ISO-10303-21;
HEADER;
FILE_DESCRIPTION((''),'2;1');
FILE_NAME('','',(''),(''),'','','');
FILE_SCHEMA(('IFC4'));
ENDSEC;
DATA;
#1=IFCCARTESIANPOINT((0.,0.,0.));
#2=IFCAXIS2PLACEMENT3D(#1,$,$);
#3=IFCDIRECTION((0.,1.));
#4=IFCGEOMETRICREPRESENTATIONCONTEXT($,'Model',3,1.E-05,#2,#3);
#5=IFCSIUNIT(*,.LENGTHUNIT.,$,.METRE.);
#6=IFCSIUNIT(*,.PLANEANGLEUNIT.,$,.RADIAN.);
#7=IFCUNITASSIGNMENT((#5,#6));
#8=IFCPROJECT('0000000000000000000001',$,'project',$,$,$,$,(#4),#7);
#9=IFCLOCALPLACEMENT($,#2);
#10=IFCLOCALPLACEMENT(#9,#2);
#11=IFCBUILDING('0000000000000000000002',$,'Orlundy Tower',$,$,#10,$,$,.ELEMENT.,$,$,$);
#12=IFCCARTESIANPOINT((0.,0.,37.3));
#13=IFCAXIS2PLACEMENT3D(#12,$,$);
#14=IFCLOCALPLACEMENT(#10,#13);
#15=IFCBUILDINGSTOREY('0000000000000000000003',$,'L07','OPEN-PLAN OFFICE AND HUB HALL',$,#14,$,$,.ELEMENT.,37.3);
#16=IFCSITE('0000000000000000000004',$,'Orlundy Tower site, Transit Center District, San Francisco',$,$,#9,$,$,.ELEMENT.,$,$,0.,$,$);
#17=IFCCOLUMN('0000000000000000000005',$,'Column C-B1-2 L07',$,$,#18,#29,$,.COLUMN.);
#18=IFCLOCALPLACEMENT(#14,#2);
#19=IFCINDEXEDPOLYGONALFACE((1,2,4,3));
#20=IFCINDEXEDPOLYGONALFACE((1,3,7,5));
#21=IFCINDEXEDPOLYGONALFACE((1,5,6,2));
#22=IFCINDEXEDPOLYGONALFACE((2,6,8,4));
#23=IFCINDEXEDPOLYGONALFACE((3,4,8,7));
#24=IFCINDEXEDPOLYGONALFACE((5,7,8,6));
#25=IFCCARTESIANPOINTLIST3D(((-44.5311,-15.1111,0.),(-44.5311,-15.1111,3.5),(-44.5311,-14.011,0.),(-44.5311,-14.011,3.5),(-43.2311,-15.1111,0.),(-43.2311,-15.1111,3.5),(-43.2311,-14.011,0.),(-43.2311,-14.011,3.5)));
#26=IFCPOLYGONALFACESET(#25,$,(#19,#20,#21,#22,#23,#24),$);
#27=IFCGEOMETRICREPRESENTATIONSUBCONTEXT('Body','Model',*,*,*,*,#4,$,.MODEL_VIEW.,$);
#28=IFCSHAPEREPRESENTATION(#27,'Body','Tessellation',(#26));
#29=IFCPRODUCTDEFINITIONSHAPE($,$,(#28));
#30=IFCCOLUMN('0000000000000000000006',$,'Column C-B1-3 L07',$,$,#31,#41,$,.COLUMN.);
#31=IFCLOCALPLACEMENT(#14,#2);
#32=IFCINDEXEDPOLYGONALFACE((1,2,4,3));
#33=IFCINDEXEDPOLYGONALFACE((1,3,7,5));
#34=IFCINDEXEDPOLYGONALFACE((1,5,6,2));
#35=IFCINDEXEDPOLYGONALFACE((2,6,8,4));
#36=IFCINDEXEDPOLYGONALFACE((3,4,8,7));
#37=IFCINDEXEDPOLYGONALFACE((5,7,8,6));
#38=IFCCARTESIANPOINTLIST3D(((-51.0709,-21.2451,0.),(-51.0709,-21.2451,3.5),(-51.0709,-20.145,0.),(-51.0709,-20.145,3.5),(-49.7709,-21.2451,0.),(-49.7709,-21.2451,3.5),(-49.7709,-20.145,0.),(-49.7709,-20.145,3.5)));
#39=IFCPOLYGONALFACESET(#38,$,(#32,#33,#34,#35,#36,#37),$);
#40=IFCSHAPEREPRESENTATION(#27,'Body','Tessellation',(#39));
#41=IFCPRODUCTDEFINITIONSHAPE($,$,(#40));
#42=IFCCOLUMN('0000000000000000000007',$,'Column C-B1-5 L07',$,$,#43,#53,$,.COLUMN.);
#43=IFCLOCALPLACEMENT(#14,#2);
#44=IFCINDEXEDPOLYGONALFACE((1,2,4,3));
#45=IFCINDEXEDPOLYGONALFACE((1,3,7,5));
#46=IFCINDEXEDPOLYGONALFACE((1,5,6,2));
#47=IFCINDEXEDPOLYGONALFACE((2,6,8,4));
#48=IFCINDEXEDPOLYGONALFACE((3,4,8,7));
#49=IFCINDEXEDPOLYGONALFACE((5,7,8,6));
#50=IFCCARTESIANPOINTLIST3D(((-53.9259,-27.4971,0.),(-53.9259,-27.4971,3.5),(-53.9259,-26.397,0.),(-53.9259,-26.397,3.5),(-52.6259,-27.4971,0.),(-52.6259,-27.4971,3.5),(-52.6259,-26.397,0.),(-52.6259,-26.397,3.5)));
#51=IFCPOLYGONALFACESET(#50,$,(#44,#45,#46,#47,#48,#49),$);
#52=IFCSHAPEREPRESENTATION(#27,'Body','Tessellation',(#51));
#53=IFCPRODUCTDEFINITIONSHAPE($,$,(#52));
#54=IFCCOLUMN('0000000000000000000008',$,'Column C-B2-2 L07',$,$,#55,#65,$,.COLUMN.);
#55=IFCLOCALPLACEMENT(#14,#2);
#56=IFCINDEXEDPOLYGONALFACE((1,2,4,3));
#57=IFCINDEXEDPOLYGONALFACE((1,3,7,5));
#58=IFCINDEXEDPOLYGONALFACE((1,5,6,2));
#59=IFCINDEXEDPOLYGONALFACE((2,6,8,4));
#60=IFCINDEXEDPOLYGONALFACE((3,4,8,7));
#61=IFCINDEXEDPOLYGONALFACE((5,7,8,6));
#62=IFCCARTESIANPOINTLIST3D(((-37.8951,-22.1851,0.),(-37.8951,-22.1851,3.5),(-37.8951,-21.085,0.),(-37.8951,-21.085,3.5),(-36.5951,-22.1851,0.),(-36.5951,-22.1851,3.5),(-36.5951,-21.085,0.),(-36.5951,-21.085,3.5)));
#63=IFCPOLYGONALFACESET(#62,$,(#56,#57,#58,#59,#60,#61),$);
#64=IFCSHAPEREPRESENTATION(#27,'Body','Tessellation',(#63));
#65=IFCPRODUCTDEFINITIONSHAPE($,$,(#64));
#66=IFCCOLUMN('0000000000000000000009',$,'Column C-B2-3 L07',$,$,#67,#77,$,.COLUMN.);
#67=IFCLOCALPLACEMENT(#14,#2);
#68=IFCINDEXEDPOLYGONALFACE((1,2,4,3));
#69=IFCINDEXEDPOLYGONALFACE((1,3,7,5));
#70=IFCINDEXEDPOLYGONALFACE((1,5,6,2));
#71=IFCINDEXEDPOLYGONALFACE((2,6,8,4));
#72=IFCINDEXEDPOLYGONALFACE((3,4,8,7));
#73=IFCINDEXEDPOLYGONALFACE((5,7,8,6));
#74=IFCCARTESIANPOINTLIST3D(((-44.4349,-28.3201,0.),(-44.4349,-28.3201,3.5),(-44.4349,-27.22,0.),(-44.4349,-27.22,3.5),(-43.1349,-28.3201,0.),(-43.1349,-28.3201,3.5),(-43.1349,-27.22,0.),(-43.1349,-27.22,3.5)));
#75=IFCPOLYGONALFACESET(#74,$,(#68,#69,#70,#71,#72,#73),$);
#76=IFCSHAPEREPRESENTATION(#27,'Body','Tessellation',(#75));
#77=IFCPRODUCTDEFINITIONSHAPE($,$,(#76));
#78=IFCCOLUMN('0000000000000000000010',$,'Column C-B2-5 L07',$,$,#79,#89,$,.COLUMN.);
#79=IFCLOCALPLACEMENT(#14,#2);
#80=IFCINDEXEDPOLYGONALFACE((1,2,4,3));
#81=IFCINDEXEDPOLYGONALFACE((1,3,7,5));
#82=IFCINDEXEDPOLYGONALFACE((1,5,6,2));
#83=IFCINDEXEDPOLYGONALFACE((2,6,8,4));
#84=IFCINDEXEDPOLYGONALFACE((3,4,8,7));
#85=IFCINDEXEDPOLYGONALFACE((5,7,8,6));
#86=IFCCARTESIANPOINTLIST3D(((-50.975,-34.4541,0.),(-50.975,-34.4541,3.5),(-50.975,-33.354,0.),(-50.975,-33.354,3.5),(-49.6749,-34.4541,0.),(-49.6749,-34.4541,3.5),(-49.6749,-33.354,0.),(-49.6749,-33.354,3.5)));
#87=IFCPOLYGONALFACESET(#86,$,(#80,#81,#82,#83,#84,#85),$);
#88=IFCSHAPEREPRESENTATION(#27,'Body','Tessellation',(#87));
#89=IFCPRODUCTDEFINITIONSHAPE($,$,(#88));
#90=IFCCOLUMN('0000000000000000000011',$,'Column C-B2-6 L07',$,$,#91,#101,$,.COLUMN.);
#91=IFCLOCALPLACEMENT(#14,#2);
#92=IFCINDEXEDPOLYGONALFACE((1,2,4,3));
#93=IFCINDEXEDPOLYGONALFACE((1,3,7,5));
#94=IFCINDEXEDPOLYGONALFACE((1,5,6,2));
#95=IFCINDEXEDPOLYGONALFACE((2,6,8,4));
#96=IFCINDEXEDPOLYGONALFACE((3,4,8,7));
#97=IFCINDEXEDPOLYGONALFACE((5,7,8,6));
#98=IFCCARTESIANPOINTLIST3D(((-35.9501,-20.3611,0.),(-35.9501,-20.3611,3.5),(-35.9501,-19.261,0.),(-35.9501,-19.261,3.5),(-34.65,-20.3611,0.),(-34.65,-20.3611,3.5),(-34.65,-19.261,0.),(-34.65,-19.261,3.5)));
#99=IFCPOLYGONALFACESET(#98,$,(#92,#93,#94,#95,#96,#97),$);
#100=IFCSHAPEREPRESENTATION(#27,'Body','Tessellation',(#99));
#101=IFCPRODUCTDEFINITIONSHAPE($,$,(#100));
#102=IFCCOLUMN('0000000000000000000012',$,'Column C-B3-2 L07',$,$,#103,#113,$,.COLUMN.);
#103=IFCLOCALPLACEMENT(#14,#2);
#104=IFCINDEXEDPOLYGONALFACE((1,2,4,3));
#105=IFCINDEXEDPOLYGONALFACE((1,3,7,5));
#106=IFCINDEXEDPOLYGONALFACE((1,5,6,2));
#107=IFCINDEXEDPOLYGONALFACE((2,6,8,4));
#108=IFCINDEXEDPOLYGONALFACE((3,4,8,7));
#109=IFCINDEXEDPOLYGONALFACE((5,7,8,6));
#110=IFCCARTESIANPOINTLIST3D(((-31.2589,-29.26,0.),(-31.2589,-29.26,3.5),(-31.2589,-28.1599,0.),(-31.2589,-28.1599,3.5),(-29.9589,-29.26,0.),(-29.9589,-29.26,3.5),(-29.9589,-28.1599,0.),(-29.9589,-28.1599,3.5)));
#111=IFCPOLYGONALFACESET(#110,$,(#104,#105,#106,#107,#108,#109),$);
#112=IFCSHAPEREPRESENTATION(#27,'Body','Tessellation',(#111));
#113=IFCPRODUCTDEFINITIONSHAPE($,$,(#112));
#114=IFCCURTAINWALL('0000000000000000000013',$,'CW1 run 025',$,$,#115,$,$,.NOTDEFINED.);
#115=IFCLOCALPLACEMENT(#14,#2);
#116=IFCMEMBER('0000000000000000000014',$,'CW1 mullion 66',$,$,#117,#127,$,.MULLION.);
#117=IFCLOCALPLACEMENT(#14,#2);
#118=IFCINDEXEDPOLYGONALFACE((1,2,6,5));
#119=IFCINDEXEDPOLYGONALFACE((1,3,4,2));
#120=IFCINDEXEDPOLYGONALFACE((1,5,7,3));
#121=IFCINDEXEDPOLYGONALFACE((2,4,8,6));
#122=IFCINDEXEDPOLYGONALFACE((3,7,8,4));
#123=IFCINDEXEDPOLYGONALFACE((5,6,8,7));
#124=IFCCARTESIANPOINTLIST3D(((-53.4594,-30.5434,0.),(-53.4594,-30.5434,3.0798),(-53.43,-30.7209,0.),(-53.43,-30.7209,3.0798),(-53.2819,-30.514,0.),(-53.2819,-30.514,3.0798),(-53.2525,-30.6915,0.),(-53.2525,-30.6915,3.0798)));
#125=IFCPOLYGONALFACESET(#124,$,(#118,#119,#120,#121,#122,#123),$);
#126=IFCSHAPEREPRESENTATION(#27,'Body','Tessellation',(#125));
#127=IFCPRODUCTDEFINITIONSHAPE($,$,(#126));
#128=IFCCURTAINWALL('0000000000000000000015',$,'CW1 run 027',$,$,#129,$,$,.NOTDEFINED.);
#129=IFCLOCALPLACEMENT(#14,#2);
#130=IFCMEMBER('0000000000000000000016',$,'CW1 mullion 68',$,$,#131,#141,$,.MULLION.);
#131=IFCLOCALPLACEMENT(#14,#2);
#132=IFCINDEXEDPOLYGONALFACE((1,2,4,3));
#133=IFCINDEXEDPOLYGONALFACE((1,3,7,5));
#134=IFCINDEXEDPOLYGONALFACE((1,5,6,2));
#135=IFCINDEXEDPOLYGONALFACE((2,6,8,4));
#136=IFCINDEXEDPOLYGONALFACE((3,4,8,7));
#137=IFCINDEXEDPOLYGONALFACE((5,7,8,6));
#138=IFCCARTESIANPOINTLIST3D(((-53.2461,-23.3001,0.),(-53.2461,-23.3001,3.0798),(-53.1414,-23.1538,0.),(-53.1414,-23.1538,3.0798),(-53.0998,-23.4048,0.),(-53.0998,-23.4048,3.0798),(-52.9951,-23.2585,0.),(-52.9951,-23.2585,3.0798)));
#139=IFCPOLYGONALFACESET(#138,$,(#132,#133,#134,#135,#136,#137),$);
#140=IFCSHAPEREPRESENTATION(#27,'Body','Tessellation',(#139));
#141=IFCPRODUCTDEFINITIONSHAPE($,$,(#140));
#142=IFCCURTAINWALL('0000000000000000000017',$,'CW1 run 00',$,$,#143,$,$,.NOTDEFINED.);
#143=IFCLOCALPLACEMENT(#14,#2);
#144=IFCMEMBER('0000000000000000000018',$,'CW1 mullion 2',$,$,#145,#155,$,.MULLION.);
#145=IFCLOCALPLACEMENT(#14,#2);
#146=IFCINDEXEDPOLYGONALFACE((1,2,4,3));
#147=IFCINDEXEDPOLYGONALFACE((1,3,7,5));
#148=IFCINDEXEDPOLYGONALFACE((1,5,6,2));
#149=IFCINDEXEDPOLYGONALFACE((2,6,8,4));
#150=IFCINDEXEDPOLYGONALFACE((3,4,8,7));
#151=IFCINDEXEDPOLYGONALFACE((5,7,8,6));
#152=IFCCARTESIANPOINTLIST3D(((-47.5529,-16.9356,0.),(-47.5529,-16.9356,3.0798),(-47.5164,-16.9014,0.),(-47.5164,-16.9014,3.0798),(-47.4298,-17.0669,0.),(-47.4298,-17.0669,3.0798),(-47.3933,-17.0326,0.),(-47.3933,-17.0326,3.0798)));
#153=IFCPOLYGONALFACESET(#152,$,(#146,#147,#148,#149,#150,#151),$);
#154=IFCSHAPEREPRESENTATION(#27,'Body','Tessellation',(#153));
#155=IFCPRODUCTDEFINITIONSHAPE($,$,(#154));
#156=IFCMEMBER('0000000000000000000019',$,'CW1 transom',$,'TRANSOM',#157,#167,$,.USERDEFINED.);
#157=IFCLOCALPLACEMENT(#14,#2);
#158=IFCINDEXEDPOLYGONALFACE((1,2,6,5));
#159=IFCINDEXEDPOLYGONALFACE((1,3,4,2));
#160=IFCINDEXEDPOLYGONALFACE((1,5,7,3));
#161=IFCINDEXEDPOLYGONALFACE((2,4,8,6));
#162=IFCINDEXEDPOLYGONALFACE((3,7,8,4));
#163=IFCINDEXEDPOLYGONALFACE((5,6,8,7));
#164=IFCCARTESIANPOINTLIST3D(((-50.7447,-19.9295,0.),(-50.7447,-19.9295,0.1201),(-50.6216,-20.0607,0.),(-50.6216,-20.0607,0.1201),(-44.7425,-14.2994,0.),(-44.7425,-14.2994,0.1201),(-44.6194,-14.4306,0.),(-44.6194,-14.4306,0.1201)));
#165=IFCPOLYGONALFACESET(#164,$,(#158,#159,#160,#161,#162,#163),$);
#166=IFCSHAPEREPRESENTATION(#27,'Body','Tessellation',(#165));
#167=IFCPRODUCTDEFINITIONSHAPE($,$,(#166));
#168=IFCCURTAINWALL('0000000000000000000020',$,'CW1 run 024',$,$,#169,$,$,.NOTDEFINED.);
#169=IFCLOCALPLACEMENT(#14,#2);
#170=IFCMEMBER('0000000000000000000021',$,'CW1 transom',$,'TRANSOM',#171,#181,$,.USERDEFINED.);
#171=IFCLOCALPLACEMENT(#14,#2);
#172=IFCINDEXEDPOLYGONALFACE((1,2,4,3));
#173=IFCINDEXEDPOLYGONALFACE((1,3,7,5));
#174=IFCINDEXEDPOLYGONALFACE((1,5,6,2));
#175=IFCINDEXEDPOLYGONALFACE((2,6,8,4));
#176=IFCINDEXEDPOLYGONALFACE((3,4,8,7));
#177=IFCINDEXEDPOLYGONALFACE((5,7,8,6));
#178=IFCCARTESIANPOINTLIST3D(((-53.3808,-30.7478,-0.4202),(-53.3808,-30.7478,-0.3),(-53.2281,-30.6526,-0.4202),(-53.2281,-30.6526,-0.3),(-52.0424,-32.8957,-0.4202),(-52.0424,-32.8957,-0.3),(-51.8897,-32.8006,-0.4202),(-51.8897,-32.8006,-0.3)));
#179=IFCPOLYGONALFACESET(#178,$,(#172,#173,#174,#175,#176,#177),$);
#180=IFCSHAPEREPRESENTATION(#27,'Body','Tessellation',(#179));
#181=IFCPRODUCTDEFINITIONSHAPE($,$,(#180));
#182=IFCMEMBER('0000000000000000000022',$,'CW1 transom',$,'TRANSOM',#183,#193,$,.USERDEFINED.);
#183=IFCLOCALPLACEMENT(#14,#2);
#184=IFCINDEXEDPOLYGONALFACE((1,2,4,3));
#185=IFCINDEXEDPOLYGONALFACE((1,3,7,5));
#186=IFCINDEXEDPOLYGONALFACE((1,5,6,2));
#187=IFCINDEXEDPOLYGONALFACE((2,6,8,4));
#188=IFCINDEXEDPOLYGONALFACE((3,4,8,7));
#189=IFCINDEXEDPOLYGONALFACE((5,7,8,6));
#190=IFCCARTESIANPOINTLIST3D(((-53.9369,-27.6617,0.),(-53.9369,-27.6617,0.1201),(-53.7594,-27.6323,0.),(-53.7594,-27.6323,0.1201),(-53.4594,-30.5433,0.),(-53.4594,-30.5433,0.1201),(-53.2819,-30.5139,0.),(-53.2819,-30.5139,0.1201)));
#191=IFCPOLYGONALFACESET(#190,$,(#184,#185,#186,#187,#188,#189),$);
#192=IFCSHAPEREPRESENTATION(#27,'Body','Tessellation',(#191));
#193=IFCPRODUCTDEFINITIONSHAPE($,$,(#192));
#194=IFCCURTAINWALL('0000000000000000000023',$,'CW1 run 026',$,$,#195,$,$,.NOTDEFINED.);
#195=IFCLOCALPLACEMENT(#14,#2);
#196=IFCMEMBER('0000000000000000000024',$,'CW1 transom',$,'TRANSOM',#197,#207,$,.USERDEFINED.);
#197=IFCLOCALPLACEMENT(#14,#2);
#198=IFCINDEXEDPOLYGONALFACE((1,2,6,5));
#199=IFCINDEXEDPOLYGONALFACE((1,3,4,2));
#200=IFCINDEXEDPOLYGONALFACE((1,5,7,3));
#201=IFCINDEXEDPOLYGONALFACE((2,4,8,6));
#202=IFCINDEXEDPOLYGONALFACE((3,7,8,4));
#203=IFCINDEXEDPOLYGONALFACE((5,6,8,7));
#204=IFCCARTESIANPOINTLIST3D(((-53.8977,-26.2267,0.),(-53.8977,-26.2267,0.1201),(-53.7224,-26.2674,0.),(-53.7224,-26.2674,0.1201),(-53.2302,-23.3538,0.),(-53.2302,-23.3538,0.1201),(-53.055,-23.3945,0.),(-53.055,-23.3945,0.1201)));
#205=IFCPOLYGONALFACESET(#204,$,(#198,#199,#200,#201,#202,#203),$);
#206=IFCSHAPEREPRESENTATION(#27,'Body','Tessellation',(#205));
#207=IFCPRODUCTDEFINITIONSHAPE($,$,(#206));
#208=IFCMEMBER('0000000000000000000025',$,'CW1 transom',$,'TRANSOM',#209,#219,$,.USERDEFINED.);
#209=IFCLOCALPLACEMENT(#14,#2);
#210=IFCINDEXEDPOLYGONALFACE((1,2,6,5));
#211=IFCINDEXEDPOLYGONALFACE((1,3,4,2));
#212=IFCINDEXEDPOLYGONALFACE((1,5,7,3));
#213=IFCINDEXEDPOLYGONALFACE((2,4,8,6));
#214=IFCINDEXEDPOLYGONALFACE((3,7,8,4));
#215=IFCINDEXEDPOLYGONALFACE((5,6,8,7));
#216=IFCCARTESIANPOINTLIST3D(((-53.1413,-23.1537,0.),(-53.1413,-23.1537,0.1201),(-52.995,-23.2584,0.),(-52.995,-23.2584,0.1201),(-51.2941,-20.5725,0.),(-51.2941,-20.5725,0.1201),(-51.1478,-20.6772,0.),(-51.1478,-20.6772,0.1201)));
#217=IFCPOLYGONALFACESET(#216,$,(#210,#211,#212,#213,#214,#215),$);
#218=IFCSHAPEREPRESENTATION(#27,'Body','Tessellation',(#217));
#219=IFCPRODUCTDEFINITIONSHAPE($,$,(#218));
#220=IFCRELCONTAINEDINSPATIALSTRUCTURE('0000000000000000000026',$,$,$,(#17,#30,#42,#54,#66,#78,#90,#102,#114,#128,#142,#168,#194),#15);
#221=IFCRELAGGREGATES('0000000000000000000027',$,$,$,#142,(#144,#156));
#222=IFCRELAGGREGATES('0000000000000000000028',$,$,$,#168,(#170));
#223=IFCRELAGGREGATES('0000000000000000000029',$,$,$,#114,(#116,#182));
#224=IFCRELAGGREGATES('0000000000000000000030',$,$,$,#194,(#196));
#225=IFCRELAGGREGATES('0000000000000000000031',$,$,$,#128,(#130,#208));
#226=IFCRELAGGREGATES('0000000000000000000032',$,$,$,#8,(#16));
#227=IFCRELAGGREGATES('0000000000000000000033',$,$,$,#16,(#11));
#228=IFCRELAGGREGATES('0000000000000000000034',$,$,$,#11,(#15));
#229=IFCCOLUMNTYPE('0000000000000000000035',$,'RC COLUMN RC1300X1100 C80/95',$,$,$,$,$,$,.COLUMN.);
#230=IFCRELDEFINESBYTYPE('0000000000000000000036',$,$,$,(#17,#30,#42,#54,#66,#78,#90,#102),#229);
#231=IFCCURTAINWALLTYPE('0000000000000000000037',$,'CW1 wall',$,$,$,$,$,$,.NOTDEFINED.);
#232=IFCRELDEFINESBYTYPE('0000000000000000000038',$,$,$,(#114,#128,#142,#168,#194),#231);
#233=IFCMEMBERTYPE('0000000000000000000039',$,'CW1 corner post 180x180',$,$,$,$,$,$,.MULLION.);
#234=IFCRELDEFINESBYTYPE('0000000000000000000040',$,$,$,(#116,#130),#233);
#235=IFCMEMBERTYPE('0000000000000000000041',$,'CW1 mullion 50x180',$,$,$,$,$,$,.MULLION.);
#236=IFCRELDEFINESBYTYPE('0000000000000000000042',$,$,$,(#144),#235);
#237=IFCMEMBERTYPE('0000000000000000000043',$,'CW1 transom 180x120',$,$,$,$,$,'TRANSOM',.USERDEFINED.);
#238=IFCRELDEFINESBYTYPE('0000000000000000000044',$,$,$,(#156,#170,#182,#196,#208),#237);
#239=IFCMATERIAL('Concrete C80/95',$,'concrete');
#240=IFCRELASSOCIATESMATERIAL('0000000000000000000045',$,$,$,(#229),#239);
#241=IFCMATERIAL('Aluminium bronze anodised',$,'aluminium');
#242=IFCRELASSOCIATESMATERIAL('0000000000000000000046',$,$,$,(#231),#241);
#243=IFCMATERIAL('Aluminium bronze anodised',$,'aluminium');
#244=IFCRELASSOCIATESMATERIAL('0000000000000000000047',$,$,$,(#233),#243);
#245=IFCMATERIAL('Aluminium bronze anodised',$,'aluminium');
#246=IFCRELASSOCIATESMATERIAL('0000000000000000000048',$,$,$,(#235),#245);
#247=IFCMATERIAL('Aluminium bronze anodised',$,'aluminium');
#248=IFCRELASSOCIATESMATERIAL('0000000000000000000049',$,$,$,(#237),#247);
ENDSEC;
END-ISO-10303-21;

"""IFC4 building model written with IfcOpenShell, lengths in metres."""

from ifc_helpers import new_model, si_unit, direction, frame, origin, origin_2d, place, context, subcontext, project, spatial, rectangle, extrude, material, material_profile, profile_set, type_object, element, aggregate, save


model = new_model("IFC4")

# Units and contexts
model_context = context("Model", 3, precision=1e-05, world=origin(), true_north=direction((0.0, 1.0)))
body_context = subcontext(model_context, "Body", "Model", "MODEL_VIEW")
ifc_project = project(units=[si_unit("LENGTHUNIT", "METRE"), si_unit("PLANEANGLEUNIT", "RADIAN")], contexts=[model_context])

# Site, building, storey
site_placement = place(None, origin())
site = spatial("IfcSite", under=ifc_project, at=site_placement, Name="Orlundy Tower site, Transit Center District, San Francisco", CompositionType="ELEMENT", RefElevation=0.0)
building_placement = place(site_placement, origin())
building = spatial("IfcBuilding", under=site, at=building_placement, Name="Orlundy Tower", CompositionType="ELEMENT")
storey_placement = place(building_placement, frame((0.0, 0.0, 37.3)))
storey = spatial("IfcBuildingStorey", under=building, at=storey_placement, Name="L07", Description="OPEN-PLAN OFFICE AND HUB HALL", CompositionType="ELEMENT", Elevation=37.3)

# Columns
ifc_material_1 = material(Name="Concrete C80/95", Category="concrete")
ifc_material_profile_1 = material_profile(ifc_material_1, rectangle(XDim=1.3, YDim=1.1001, at=origin_2d()), Name="RC1300X1100")
ifc_profile_set_1 = profile_set([ifc_material_profile_1], Name="Concrete C80/95")
column_type = type_object("IfcColumnType", Name="RC COLUMN RC1300X1100 C80/95", PredefinedType="COLUMN", material=ifc_profile_set_1)
for number, where, z_axis, x_axis, name in (
    (1, (-43.8811, -14.561, 0.0), (0.0, 0.0, 1.0), (1.0, 0.0, 0.0), "Column C-B1-2 L07"),
    (2, (-50.4209, -20.6951, 0.0), (0.0, 0.0, 1.0), (1.0, 0.0, 0.0), "Column C-B1-3 L07"),
    (3, (-53.2759, -26.947, 0.0), (0.0, 0.0, 1.0), (1.0, 0.0, 0.0), "Column C-B1-5 L07"),
    (4, (-37.2451, -21.635, 0.0), (0.0, 0.0, 1.0), (1.0, 0.0, 0.0), "Column C-B2-2 L07"),
    (5, (-43.7849, -27.77, 0.0), (0.0, 0.0, 1.0), (1.0, 0.0, 0.0), "Column C-B2-3 L07"),
    (6, (-50.325, -33.9041, 0.0), (0.0, 0.0, 1.0), (1.0, 0.0, 0.0), "Column C-B2-5 L07"),
    (7, (-35.3, -19.811, 0.0), (0.0, 0.0, 1.0), (1.0, 0.0, 0.0), "Column C-B2-6 L07"),
    (8, (-30.6089, -28.71, 0.0), (0.0, 0.0, 1.0), (1.0, 0.0, 0.0), "Column C-B3-2 L07"),
):
    element("IfcColumn", number, at=place(storey_placement, frame(where, z_axis=z_axis, x_axis=x_axis)), inside=storey, type_object=column_type, Name=name, PredefinedType="COLUMN", context=body_context, shape_type="SweptSolid", body=[
        extrude(rectangle(XDim=1.3, YDim=1.1001, at=origin_2d()), origin(), (0.0, 0.0, 1.0), 3.5),
    ])

# Curtain walls, members
ifc_material_2 = material(Name="Aluminium bronze anodised", Category="aluminium")
curtain_wall_type = type_object("IfcCurtainWallType", Name="CW1 wall", PredefinedType="NOTDEFINED", material=ifc_material_2)
curtain_wall_1_placement = place(storey_placement, origin())
curtain_wall_1 = element("IfcCurtainWall", 9, at=curtain_wall_1_placement, inside=storey, type_object=curtain_wall_type, Name="CW1 run 025", PredefinedType="NOTDEFINED")
ifc_material_3 = material(Name="Aluminium bronze anodised", Category="aluminium")
ifc_material_profile_2 = material_profile(ifc_material_3, rectangle(XDim=0.1799, YDim=0.1799, at=origin_2d()), Name="CW1 corner post 180x180")
ifc_profile_set_2 = profile_set([ifc_material_profile_2], Name="Aluminium bronze anodised")
member_type_1 = type_object("IfcMemberType", Name="CW1 corner post 180x180", PredefinedType="MULLION", material=ifc_profile_set_2)
member_1_placement = place(storey_placement, frame((-53.356, -30.6174, 0.0), z_axis=(0.0, 0.0, 1.0), x_axis=(-0.986547, -0.16348, 0.0)))
member_1 = element("IfcMember", 10, at=member_1_placement, type_object=member_type_1, Name="CW1 mullion 66", PredefinedType="MULLION", context=body_context, shape_type="SweptSolid", body=[
    extrude(rectangle(XDim=0.1799, YDim=0.1799, at=origin_2d()), origin(), (0.0, 0.0, 1.0), 3.0798),
])
curtain_wall_2_placement = place(storey_placement, origin())
curtain_wall_2 = element("IfcCurtainWall", 11, at=curtain_wall_2_placement, inside=storey, type_object=curtain_wall_type, Name="CW1 run 027", PredefinedType="NOTDEFINED")
member_2_placement = place(storey_placement, frame((-53.1206, -23.2793, 0.0), z_axis=(0.0, 0.0, 1.0), x_axis=(-0.813204, 0.581978, 0.0)))
member_2 = element("IfcMember", 12, at=member_2_placement, type_object=member_type_1, Name="CW1 mullion 68", PredefinedType="MULLION", context=body_context, shape_type="SweptSolid", body=[
    extrude(rectangle(XDim=0.1799, YDim=0.1799, at=origin_2d()), origin(), (0.0, 0.0, 1.0), 3.0798),
])

# Curtain wall, members
curtain_wall_3_placement = place(storey_placement, origin())
curtain_wall_3 = element("IfcCurtainWall", 13, at=curtain_wall_3_placement, inside=storey, type_object=curtain_wall_type, Name="CW1 run 00", PredefinedType="NOTDEFINED")
ifc_material_4 = material(Name="Aluminium bronze anodised", Category="aluminium")
ifc_material_profile_3 = material_profile(ifc_material_4, rectangle(XDim=0.1799, YDim=0.05, at=origin_2d()), Name="CW1 mullion 50x180")
ifc_profile_set_3 = profile_set([ifc_material_profile_3], Name="Aluminium bronze anodised")
member_type_2 = type_object("IfcMemberType", Name="CW1 mullion 50x180", PredefinedType="MULLION", material=ifc_profile_set_3)
member_3_placement = place(storey_placement, frame((-47.4731, -16.9841, 0.0), z_axis=(0.0, 0.0, 1.0), x_axis=(-0.684139, 0.729351, 0.0)))
member_3 = element("IfcMember", 14, at=member_3_placement, type_object=member_type_2, Name="CW1 mullion 2", PredefinedType="MULLION", context=body_context, shape_type="SweptSolid", body=[
    extrude(rectangle(XDim=0.1799, YDim=0.05, at=origin_2d()), origin(), (0.0, 0.0, 1.0), 3.0798),
])
ifc_material_5 = material(Name="Aluminium bronze anodised", Category="aluminium")
ifc_material_profile_4 = material_profile(ifc_material_5, rectangle(XDim=0.1799, YDim=0.1201, at=origin_2d()), Name="CW1 transom 180x120")
ifc_profile_set_4 = profile_set([ifc_material_profile_4], Name="Aluminium bronze anodised")
member_type_3 = type_object("IfcMemberType", Name="CW1 transom 180x120", ElementType="TRANSOM", PredefinedType="USERDEFINED", material=ifc_profile_set_4)
member_4_placement = place(storey_placement, frame((-50.6831, -19.9951, 0.0601), z_axis=(0.729351, 0.684139, 0.0), x_axis=(-0.684139, 0.729351, 0.0)))
member_4 = element("IfcMember", 15, at=member_4_placement, type_object=member_type_3, Name="CW1 transom", ObjectType="TRANSOM", PredefinedType="USERDEFINED", context=body_context, shape_type="SweptSolid", body=[
    extrude(rectangle(XDim=0.1799, YDim=0.1201, at=origin_2d()), origin(), (0.0, 0.0, 1.0), 8.2295),
])

# Curtain wall, member
curtain_wall_4_placement = place(storey_placement, origin())
curtain_wall_4 = element("IfcCurtainWall", 16, at=curtain_wall_4_placement, inside=storey, type_object=curtain_wall_type, Name="CW1 run 024", PredefinedType="NOTDEFINED")
member_5_placement = place(storey_placement, frame((-51.9661, -32.8481, -0.3601), z_axis=(-0.528836, 0.848724, 0.0), x_axis=(-0.848724, -0.528836, 0.0)))
member_5 = element("IfcMember", 17, at=member_5_placement, type_object=member_type_3, Name="CW1 transom", ObjectType="TRANSOM", PredefinedType="USERDEFINED", context=body_context, shape_type="SweptSolid", body=[
    extrude(rectangle(XDim=0.1799, YDim=0.1201, at=origin_2d()), origin(), (0.0, 0.0, 1.0), 2.5308),
])

# Member
member_6_placement = place(storey_placement, frame((-53.3706, -30.5286, 0.0601), z_axis=(-0.163491, 0.986545, 0.0), x_axis=(-0.986545, -0.163491, 0.0)))
member_6 = element("IfcMember", 18, at=member_6_placement, type_object=member_type_3, Name="CW1 transom", ObjectType="TRANSOM", PredefinedType="USERDEFINED", context=body_context, shape_type="SweptSolid", body=[
    extrude(rectangle(XDim=0.1799, YDim=0.1201, at=origin_2d()), origin(), (0.0, 0.0, 1.0), 2.9209),
])

# Curtain wall, member
curtain_wall_5_placement = place(storey_placement, origin())
curtain_wall_5 = element("IfcCurtainWall", 19, at=curtain_wall_5_placement, inside=storey, type_object=curtain_wall_type, Name="CW1 run 026", PredefinedType="NOTDEFINED")
member_7_placement = place(storey_placement, frame((-53.8101, -26.2471, 0.0601), z_axis=(0.226298, 0.974058, 0.0), x_axis=(-0.974058, 0.226298, 0.0)))
member_7 = element("IfcMember", 20, at=member_7_placement, type_object=member_type_3, Name="CW1 transom", ObjectType="TRANSOM", PredefinedType="USERDEFINED", context=body_context, shape_type="SweptSolid", body=[
    extrude(rectangle(XDim=0.1799, YDim=0.1201, at=origin_2d()), origin(), (0.0, 0.0, 1.0), 2.9495),
])

# Member
member_8_placement = place(storey_placement, frame((-53.0681, -23.2061, 0.0601), z_axis=(0.581944, 0.813229, 0.0), x_axis=(-0.813229, 0.581944, 0.0)))
member_8 = element("IfcMember", 21, at=member_8_placement, type_object=member_type_3, Name="CW1 transom", ObjectType="TRANSOM", PredefinedType="USERDEFINED", context=body_context, shape_type="SweptSolid", body=[
    extrude(rectangle(XDim=0.1799, YDim=0.1201, at=origin_2d()), origin(), (0.0, 0.0, 1.0), 3.1741),
])

aggregate(curtain_wall_3, [member_3, member_4])
aggregate(curtain_wall_4, [member_5])
aggregate(curtain_wall_1, [member_1, member_6])
aggregate(curtain_wall_5, [member_7])
aggregate(curtain_wall_2, [member_2, member_8])

save(model, "model.ifc")
